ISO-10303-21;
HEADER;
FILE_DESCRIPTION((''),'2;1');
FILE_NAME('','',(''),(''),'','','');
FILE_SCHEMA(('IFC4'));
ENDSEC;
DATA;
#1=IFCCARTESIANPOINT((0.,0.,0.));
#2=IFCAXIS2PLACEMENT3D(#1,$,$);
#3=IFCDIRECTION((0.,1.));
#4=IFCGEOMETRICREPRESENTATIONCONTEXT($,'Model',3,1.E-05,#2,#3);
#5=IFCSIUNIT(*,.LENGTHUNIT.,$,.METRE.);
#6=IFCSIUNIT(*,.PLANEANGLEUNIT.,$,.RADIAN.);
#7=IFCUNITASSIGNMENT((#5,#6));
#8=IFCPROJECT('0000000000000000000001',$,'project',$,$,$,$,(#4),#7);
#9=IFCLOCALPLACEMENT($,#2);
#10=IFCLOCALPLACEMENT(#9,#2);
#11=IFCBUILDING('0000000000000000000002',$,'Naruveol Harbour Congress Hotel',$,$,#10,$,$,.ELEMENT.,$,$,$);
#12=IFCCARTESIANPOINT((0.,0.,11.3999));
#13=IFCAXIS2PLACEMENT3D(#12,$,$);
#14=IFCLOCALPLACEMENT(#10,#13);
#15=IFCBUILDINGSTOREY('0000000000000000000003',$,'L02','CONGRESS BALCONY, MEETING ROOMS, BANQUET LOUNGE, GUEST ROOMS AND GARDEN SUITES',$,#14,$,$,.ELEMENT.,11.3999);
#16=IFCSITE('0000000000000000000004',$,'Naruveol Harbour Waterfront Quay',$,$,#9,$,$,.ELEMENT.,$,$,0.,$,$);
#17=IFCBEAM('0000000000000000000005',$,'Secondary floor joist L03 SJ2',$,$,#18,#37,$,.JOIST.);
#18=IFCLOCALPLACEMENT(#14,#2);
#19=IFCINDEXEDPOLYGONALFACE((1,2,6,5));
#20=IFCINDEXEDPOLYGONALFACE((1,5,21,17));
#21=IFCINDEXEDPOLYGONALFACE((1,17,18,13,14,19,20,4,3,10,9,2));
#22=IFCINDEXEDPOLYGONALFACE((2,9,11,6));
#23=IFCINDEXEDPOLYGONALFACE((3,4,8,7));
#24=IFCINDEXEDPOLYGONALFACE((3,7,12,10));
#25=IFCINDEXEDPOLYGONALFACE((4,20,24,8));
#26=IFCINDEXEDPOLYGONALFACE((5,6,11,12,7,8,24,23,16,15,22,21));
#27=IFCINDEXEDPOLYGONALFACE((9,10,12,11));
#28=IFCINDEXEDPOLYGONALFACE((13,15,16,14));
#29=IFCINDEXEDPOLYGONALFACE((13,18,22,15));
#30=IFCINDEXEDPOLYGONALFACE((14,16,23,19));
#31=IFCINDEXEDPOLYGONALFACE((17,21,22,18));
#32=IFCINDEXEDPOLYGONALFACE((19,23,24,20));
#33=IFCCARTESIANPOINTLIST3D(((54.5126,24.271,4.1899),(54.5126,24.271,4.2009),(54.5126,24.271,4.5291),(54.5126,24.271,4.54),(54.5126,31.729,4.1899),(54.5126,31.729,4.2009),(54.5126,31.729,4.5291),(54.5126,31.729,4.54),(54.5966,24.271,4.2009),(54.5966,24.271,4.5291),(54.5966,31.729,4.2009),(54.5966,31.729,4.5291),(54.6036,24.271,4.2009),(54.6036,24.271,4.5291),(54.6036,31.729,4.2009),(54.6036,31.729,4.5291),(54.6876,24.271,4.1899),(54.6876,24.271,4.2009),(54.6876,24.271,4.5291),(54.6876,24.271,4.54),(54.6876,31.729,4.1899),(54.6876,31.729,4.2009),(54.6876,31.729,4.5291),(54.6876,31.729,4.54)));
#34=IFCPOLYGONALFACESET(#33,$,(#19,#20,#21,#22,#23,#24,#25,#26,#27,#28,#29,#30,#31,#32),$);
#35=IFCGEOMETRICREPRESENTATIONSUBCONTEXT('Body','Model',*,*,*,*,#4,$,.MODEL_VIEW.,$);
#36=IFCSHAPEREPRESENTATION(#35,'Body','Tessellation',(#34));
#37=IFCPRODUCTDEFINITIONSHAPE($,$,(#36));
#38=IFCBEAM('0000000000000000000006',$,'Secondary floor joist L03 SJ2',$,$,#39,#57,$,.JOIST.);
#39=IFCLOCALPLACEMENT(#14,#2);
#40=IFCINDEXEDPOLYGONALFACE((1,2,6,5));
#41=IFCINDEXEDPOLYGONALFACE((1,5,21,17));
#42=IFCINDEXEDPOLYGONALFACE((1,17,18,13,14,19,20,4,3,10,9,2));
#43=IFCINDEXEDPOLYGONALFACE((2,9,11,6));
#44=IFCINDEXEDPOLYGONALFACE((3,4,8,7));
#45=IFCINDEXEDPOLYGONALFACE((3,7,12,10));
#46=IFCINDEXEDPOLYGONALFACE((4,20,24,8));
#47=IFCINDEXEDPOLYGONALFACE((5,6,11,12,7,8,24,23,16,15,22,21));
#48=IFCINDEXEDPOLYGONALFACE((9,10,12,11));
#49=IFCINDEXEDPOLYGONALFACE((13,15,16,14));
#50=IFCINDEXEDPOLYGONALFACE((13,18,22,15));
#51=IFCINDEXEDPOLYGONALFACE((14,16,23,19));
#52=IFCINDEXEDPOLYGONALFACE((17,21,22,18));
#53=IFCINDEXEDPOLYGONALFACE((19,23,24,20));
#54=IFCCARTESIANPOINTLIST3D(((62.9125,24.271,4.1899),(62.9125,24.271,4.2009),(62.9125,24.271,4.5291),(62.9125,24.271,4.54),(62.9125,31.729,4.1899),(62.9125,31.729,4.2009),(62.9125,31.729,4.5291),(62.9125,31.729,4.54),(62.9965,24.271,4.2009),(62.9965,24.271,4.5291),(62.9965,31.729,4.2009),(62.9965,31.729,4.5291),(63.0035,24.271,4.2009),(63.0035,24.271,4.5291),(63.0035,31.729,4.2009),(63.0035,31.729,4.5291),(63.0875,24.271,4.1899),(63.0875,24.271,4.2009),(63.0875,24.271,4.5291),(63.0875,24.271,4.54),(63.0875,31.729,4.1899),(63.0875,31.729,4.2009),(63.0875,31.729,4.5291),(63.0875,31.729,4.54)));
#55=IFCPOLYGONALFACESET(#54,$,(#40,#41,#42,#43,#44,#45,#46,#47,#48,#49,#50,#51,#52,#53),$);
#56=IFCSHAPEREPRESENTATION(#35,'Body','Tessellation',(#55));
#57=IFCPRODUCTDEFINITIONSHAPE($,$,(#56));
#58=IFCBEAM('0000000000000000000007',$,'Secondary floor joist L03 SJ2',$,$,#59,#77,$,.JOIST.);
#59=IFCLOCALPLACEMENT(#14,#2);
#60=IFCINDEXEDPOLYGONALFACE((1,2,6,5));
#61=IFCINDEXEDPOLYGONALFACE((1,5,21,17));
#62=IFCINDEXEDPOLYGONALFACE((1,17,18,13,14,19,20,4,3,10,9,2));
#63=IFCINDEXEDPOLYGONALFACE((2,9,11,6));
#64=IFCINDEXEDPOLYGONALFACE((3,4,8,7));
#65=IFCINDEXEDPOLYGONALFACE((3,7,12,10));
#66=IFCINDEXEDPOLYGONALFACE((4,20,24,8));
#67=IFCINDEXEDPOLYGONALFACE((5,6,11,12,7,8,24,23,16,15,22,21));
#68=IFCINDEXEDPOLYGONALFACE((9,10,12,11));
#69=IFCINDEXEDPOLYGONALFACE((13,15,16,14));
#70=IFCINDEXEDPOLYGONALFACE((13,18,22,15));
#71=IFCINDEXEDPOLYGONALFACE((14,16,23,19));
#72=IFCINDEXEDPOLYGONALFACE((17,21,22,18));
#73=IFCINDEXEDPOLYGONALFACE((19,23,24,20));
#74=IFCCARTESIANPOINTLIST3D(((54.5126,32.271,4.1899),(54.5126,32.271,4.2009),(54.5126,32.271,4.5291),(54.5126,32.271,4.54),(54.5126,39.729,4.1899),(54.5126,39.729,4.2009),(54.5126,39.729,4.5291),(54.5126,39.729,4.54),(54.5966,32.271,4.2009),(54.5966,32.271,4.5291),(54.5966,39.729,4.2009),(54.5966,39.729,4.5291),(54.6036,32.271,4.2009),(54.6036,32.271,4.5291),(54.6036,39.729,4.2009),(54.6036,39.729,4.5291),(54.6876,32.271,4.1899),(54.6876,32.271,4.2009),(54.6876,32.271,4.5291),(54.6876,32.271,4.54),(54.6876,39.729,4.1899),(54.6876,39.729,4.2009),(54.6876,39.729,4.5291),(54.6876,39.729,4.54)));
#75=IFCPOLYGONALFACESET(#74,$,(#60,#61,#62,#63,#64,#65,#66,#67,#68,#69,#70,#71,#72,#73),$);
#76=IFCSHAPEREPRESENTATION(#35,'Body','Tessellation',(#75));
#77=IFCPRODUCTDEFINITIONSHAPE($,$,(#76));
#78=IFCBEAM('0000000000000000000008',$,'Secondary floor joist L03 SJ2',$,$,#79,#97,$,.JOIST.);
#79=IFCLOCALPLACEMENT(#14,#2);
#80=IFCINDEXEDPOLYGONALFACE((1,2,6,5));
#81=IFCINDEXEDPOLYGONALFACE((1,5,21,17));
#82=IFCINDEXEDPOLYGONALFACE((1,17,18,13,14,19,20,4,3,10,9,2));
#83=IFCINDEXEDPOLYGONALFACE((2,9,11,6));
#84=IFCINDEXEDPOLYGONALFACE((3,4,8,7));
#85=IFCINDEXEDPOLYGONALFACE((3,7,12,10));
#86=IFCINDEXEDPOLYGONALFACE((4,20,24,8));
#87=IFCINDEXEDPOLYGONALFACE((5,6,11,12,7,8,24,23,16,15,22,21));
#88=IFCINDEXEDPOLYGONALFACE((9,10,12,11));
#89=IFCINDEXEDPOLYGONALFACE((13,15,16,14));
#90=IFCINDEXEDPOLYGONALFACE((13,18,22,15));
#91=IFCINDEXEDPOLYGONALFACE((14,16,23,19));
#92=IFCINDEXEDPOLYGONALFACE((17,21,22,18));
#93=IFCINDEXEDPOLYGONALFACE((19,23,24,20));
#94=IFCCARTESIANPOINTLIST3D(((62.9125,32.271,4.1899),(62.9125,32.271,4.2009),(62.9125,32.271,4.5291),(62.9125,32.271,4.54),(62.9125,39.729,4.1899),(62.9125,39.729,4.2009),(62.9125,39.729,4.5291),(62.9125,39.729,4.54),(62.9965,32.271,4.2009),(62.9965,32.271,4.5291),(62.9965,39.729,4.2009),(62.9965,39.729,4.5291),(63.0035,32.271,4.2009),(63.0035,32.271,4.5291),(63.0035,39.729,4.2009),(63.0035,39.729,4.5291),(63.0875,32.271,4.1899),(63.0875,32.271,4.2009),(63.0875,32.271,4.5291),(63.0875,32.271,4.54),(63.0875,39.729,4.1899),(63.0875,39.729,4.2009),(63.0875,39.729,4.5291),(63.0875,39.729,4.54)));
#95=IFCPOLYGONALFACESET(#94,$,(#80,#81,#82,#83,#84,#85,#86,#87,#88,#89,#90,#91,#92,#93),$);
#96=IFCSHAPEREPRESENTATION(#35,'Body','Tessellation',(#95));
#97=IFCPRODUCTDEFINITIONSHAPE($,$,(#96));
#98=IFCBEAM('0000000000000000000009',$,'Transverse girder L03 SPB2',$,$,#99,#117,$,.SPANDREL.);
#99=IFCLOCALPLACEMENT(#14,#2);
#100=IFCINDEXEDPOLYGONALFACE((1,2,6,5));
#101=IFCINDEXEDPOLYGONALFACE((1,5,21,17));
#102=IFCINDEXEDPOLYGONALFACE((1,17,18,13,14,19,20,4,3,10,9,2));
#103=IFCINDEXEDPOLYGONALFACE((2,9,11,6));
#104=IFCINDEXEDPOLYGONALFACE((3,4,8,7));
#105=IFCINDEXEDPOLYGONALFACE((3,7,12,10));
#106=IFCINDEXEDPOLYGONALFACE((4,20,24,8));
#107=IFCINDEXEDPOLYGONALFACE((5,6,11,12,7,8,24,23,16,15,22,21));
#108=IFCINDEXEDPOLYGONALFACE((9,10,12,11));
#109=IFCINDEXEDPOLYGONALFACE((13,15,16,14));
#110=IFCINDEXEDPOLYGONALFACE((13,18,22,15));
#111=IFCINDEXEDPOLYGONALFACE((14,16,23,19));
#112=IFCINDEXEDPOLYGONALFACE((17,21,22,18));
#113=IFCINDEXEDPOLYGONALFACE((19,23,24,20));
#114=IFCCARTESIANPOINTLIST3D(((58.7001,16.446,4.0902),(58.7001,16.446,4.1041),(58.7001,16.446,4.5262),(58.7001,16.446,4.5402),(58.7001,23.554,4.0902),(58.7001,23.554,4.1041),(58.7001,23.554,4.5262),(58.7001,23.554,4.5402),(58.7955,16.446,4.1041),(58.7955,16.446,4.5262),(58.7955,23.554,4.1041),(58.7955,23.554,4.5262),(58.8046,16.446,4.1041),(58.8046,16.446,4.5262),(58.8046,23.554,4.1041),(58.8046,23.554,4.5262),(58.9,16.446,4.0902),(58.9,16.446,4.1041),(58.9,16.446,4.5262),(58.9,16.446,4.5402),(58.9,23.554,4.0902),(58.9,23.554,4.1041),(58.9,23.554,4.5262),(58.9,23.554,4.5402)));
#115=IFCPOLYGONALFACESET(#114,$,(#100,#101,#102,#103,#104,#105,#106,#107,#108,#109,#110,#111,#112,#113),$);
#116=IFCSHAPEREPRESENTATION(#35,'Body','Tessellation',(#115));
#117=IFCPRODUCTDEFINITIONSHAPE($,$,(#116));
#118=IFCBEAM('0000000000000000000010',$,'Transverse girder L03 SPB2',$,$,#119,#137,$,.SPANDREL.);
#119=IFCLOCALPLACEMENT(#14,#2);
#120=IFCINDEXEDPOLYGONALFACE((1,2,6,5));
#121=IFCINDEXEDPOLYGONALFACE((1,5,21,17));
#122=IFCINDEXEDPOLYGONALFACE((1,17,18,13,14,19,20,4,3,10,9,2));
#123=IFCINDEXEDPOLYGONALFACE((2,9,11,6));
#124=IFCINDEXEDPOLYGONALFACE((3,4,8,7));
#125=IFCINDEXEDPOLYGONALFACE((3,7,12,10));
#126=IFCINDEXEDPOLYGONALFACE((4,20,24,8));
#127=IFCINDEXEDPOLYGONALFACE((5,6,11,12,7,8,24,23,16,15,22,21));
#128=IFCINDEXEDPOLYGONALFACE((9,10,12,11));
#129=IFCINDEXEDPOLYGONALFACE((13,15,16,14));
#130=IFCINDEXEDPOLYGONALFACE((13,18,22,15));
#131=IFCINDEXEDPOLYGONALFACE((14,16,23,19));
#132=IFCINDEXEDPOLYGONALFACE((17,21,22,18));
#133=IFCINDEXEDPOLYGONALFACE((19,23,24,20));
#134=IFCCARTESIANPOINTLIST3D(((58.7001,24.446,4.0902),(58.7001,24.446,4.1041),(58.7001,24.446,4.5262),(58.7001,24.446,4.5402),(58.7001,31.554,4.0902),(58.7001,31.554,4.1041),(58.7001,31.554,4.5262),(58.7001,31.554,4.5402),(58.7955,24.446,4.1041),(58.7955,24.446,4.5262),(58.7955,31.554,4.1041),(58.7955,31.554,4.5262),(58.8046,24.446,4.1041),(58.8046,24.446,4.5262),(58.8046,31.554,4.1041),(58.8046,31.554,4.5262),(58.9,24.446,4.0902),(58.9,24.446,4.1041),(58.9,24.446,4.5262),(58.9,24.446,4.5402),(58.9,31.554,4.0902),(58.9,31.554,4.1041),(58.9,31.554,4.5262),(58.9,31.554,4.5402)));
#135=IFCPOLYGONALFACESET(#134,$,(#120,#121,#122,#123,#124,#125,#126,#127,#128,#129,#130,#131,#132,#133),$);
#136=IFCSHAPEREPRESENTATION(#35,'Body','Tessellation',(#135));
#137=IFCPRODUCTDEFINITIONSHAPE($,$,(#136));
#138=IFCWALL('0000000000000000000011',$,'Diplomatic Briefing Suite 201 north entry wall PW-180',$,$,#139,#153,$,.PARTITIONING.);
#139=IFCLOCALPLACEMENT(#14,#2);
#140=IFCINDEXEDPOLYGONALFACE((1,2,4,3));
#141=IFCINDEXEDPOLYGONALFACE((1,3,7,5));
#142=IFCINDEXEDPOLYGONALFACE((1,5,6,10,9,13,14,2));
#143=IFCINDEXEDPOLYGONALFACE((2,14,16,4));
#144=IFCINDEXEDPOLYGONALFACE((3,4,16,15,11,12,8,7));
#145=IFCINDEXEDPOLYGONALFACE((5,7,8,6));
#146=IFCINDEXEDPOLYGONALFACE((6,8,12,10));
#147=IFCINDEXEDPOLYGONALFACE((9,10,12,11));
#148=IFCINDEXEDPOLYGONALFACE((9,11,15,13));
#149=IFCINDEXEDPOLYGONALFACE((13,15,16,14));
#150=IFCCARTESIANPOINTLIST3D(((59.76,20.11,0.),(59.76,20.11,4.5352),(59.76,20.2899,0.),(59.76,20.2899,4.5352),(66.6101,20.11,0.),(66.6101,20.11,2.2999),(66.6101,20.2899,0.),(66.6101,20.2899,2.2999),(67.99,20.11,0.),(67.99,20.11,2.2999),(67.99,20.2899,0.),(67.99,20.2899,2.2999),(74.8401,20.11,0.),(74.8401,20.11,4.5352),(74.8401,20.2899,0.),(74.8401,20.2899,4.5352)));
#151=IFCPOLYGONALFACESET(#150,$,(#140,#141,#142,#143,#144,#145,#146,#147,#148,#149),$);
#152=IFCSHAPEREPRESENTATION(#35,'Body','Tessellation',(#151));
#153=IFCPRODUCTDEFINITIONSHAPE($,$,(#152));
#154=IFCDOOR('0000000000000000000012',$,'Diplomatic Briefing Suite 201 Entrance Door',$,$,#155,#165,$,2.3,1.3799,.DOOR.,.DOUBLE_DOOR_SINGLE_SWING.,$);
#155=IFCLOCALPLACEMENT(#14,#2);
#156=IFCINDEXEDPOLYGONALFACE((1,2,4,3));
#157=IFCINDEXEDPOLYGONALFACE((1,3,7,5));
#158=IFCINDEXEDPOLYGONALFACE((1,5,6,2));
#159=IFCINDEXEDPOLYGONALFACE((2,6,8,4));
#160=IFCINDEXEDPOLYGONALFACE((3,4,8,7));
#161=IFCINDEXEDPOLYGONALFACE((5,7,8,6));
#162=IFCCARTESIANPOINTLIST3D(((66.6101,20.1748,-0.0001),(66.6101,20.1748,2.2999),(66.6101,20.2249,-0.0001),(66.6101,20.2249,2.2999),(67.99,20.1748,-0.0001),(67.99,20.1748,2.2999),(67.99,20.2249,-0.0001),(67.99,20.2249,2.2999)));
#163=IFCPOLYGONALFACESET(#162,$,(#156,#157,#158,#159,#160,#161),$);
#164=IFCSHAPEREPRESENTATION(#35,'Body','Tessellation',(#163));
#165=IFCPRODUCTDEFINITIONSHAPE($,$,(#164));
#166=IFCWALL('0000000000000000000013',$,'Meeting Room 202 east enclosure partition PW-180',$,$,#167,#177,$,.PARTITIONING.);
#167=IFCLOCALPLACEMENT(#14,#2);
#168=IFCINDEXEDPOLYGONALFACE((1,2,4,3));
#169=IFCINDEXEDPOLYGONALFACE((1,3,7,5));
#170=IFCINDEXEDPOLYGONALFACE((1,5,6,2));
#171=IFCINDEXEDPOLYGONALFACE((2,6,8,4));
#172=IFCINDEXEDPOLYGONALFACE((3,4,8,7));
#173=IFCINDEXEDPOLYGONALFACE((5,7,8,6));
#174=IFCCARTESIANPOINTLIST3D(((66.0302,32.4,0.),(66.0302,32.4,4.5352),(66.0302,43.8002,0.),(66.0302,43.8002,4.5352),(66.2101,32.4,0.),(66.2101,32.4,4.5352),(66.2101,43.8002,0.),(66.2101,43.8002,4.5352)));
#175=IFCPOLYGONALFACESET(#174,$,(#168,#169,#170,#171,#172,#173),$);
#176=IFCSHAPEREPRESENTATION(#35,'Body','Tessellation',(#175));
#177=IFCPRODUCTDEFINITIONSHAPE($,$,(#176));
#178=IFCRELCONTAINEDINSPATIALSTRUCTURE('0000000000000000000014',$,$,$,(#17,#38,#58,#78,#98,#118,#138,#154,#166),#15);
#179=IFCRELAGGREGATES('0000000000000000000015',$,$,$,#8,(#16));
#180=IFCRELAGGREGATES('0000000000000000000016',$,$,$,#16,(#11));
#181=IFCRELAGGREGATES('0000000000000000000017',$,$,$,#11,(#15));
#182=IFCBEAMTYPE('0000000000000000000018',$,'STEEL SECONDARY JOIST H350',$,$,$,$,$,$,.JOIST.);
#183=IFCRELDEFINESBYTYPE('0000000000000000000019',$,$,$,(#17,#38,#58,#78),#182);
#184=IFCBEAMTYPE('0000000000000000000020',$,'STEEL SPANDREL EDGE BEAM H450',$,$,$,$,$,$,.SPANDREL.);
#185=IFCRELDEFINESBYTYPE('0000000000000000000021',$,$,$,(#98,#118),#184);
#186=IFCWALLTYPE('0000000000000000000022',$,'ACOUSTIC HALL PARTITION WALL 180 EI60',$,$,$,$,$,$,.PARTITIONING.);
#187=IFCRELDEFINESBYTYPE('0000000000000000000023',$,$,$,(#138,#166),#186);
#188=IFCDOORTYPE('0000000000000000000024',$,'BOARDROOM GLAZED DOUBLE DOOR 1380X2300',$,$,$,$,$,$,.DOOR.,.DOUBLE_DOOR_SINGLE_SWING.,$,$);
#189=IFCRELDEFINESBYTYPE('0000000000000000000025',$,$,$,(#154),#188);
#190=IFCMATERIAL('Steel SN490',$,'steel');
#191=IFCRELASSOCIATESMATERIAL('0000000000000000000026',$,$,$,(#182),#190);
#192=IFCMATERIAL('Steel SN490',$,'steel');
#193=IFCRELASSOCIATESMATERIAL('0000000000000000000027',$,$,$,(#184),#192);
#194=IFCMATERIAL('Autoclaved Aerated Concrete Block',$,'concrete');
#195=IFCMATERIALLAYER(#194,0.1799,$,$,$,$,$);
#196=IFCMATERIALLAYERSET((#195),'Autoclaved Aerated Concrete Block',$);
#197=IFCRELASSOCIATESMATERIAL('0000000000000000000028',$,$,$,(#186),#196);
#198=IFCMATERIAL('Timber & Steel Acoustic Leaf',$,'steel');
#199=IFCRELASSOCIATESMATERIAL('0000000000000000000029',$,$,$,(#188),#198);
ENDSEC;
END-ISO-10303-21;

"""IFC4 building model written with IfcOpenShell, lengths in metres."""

from ifc_helpers import new_model, si_unit, direction, frame, frame_2d, origin, origin_2d, place, context, subcontext, project, spatial, rectangle, i_section, extrude, material, layer, layer_set, material_profile, profile_set, type_object, element, fill, save


model = new_model("IFC4")

# Units and contexts
model_context = context("Model", 3, precision=1e-05, world=origin(), true_north=direction((0.0, 1.0)))
body_context = subcontext(model_context, "Body", "Model", "MODEL_VIEW")
ifc_project = project(units=[si_unit("LENGTHUNIT", "METRE"), si_unit("PLANEANGLEUNIT", "RADIAN")], contexts=[model_context])

# Site, building, storey
site_placement = place(None, origin())
site = spatial("IfcSite", under=ifc_project, at=site_placement, Name="Naruveol Harbour Waterfront Quay", CompositionType="ELEMENT", RefElevation=0.0)
building_placement = place(site_placement, origin())
building = spatial("IfcBuilding", under=site, at=building_placement, Name="Naruveol Harbour Congress Hotel", CompositionType="ELEMENT")
storey_placement = place(building_placement, frame((0.0, 0.0, 11.3999)))
storey = spatial("IfcBuildingStorey", under=building, at=storey_placement, Name="L02", Description="CONGRESS BALCONY, MEETING ROOMS, BANQUET LOUNGE, GUEST ROOMS AND GARDEN SUITES", CompositionType="ELEMENT", Elevation=11.3999)

# Beams
ifc_material_1 = material(Name="Steel SN490", Category="steel")
ifc_material_profile_1 = material_profile(ifc_material_1, i_section(OverallWidth=0.175, OverallDepth=0.3501, WebThickness=0.0071, FlangeThickness=0.011, at=origin_2d()), Name="H-350x175x7x11")
ifc_profile_set_1 = profile_set([ifc_material_profile_1], Name="Steel SN490")
beam_type_1 = type_object("IfcBeamType", Name="STEEL SECONDARY JOIST H350", PredefinedType="JOIST", material=ifc_profile_set_1)
for number, where, z_axis, x_axis, name in (
    (1, (54.6001, 24.271, 4.365), (0.0, 1.0, 0.0), (-1.0, 0.0, 0.0), "Secondary floor joist L03 SJ2"),
    (2, (63.0, 24.271, 4.365), (0.0, 1.0, 0.0), (-1.0, 0.0, 0.0), "Secondary floor joist L03 SJ2"),
    (3, (54.6001, 32.271, 4.365), (0.0, 1.0, 0.0), (-1.0, 0.0, 0.0), "Secondary floor joist L03 SJ2"),
    (4, (63.0, 32.271, 4.365), (0.0, 1.0, 0.0), (-1.0, 0.0, 0.0), "Secondary floor joist L03 SJ2"),
):
    element("IfcBeam", number, at=place(storey_placement, frame(where, z_axis=z_axis, x_axis=x_axis)), inside=storey, type_object=beam_type_1, Name=name, PredefinedType="JOIST", context=body_context, shape_type="SweptSolid", body=[
        extrude(i_section(OverallWidth=0.175, OverallDepth=0.3501, WebThickness=0.0071, FlangeThickness=0.011, at=origin_2d()), origin(), (0.0, 0.0, 1.0), 7.458),
    ])
ifc_material_2 = material(Name="Steel SN490", Category="steel")
ifc_material_profile_2 = material_profile(ifc_material_2, i_section(OverallWidth=0.2, OverallDepth=0.45, WebThickness=0.009, FlangeThickness=0.0139, at=origin_2d()), Name="H-450x200x9x14")
ifc_profile_set_2 = profile_set([ifc_material_profile_2], Name="Steel SN490")
beam_type_2 = type_object("IfcBeamType", Name="STEEL SPANDREL EDGE BEAM H450", PredefinedType="SPANDREL", material=ifc_profile_set_2)
for number, where, z_axis, x_axis, name in (
    (5, (58.8, 16.446, 4.3152), (0.0, 1.0, 0.0), (-1.0, 0.0, 0.0), "Transverse girder L03 SPB2"),
    (6, (58.8, 24.446, 4.3152), (0.0, 1.0, 0.0), (-1.0, 0.0, 0.0), "Transverse girder L03 SPB2"),
):
    element("IfcBeam", number, at=place(storey_placement, frame(where, z_axis=z_axis, x_axis=x_axis)), inside=storey, type_object=beam_type_2, Name=name, PredefinedType="SPANDREL", context=body_context, shape_type="SweptSolid", body=[
        extrude(i_section(OverallWidth=0.2, OverallDepth=0.45, WebThickness=0.009, FlangeThickness=0.0139, at=origin_2d()), origin(), (0.0, 0.0, 1.0), 7.1079),
    ])

# Wall, opening, door
ifc_material_3 = material(Name="Autoclaved Aerated Concrete Block", Category="concrete")
ifc_layer_1 = layer(ifc_material_3, 0.1799)
ifc_layer_set_1 = layer_set([ifc_layer_1], Name="Autoclaved Aerated Concrete Block")
wall_type_1 = type_object("IfcWallType", Name="ACOUSTIC HALL PARTITION WALL 180 EI60", PredefinedType="PARTITIONING", material=ifc_layer_set_1)
wall_1_placement = place(storey_placement, frame((59.76, 20.2, 0.0), z_axis=(0.0, 0.0, 1.0), x_axis=(1.0, 0.0, 0.0)))
wall_1 = element("IfcWall", 7, at=wall_1_placement, inside=storey, type_object=wall_type_1, Name="Diplomatic Briefing Suite 201 north entry wall PW-180", PredefinedType="PARTITIONING", context=body_context, shape_type="SweptSolid", body=[
    extrude(rectangle(XDim=15.0801, YDim=0.1799, at=frame_2d((7.54, 0.0))), origin(), (0.0, 0.0, 1.0), 4.5352),
])
opening_1_placement = place(wall_1_placement, frame((6.8501, 0.0, 0.0)))
opening_1 = element("IfcOpeningElement", 8, at=opening_1_placement, cuts=wall_1, PredefinedType="OPENING", context=body_context, shape_type="SweptSolid", body=[
    extrude(rectangle(XDim=1.3799, YDim=2.3, at=frame_2d((0.6899, 1.1499))), frame((0.0, 0.0999, 0.0), z_axis=(0.0, -1.0, 0.0), x_axis=(1.0, 0.0, 0.0)), (0.0, 0.0, 1.0), 0.2),
])
ifc_material_4 = material(Name="Timber & Steel Acoustic Leaf", Category="steel")
door_type_1 = type_object("IfcDoorType", Name="BOARDROOM GLAZED DOUBLE DOOR 1380X2300", OperationType="DOUBLE_DOOR_SINGLE_SWING", PredefinedType="DOOR", material=ifc_material_4)
door_1_placement = place(opening_1_placement, origin())
door_1 = element("IfcDoor", 9, at=door_1_placement, inside=storey, type_object=door_type_1, Name="Diplomatic Briefing Suite 201 Entrance Door", OperationType="DOUBLE_DOOR_SINGLE_SWING", OverallHeight=2.3, OverallWidth=1.3799, PredefinedType="DOOR", context=body_context, shape_type="SweptSolid", body=[
    extrude(rectangle(XDim=1.3799, YDim=2.3, at=frame_2d((0.6899, 1.1499))), frame((0.0, 0.0249, 0.0), z_axis=(0.0, -1.0, 0.0), x_axis=(1.0, 0.0, 0.0)), (0.0, 0.0, 1.0), 0.05),
])
fill(opening_1, door_1)

# Wall
wall_2_placement = place(storey_placement, frame((66.1201, 32.3999, 0.0), z_axis=(0.0, 0.0, 1.0), x_axis=(0.0, 1.0, 0.0)))
element("IfcWall", 10, at=wall_2_placement, inside=storey, type_object=wall_type_1, Name="Meeting Room 202 east enclosure partition PW-180", PredefinedType="PARTITIONING", context=body_context, shape_type="SweptSolid", body=[
    extrude(rectangle(XDim=11.4001, YDim=0.1799, at=frame_2d((5.7002, 0.0))), origin(), (0.0, 0.0, 1.0), 4.5352),
])

save(model, "model.ifc")
